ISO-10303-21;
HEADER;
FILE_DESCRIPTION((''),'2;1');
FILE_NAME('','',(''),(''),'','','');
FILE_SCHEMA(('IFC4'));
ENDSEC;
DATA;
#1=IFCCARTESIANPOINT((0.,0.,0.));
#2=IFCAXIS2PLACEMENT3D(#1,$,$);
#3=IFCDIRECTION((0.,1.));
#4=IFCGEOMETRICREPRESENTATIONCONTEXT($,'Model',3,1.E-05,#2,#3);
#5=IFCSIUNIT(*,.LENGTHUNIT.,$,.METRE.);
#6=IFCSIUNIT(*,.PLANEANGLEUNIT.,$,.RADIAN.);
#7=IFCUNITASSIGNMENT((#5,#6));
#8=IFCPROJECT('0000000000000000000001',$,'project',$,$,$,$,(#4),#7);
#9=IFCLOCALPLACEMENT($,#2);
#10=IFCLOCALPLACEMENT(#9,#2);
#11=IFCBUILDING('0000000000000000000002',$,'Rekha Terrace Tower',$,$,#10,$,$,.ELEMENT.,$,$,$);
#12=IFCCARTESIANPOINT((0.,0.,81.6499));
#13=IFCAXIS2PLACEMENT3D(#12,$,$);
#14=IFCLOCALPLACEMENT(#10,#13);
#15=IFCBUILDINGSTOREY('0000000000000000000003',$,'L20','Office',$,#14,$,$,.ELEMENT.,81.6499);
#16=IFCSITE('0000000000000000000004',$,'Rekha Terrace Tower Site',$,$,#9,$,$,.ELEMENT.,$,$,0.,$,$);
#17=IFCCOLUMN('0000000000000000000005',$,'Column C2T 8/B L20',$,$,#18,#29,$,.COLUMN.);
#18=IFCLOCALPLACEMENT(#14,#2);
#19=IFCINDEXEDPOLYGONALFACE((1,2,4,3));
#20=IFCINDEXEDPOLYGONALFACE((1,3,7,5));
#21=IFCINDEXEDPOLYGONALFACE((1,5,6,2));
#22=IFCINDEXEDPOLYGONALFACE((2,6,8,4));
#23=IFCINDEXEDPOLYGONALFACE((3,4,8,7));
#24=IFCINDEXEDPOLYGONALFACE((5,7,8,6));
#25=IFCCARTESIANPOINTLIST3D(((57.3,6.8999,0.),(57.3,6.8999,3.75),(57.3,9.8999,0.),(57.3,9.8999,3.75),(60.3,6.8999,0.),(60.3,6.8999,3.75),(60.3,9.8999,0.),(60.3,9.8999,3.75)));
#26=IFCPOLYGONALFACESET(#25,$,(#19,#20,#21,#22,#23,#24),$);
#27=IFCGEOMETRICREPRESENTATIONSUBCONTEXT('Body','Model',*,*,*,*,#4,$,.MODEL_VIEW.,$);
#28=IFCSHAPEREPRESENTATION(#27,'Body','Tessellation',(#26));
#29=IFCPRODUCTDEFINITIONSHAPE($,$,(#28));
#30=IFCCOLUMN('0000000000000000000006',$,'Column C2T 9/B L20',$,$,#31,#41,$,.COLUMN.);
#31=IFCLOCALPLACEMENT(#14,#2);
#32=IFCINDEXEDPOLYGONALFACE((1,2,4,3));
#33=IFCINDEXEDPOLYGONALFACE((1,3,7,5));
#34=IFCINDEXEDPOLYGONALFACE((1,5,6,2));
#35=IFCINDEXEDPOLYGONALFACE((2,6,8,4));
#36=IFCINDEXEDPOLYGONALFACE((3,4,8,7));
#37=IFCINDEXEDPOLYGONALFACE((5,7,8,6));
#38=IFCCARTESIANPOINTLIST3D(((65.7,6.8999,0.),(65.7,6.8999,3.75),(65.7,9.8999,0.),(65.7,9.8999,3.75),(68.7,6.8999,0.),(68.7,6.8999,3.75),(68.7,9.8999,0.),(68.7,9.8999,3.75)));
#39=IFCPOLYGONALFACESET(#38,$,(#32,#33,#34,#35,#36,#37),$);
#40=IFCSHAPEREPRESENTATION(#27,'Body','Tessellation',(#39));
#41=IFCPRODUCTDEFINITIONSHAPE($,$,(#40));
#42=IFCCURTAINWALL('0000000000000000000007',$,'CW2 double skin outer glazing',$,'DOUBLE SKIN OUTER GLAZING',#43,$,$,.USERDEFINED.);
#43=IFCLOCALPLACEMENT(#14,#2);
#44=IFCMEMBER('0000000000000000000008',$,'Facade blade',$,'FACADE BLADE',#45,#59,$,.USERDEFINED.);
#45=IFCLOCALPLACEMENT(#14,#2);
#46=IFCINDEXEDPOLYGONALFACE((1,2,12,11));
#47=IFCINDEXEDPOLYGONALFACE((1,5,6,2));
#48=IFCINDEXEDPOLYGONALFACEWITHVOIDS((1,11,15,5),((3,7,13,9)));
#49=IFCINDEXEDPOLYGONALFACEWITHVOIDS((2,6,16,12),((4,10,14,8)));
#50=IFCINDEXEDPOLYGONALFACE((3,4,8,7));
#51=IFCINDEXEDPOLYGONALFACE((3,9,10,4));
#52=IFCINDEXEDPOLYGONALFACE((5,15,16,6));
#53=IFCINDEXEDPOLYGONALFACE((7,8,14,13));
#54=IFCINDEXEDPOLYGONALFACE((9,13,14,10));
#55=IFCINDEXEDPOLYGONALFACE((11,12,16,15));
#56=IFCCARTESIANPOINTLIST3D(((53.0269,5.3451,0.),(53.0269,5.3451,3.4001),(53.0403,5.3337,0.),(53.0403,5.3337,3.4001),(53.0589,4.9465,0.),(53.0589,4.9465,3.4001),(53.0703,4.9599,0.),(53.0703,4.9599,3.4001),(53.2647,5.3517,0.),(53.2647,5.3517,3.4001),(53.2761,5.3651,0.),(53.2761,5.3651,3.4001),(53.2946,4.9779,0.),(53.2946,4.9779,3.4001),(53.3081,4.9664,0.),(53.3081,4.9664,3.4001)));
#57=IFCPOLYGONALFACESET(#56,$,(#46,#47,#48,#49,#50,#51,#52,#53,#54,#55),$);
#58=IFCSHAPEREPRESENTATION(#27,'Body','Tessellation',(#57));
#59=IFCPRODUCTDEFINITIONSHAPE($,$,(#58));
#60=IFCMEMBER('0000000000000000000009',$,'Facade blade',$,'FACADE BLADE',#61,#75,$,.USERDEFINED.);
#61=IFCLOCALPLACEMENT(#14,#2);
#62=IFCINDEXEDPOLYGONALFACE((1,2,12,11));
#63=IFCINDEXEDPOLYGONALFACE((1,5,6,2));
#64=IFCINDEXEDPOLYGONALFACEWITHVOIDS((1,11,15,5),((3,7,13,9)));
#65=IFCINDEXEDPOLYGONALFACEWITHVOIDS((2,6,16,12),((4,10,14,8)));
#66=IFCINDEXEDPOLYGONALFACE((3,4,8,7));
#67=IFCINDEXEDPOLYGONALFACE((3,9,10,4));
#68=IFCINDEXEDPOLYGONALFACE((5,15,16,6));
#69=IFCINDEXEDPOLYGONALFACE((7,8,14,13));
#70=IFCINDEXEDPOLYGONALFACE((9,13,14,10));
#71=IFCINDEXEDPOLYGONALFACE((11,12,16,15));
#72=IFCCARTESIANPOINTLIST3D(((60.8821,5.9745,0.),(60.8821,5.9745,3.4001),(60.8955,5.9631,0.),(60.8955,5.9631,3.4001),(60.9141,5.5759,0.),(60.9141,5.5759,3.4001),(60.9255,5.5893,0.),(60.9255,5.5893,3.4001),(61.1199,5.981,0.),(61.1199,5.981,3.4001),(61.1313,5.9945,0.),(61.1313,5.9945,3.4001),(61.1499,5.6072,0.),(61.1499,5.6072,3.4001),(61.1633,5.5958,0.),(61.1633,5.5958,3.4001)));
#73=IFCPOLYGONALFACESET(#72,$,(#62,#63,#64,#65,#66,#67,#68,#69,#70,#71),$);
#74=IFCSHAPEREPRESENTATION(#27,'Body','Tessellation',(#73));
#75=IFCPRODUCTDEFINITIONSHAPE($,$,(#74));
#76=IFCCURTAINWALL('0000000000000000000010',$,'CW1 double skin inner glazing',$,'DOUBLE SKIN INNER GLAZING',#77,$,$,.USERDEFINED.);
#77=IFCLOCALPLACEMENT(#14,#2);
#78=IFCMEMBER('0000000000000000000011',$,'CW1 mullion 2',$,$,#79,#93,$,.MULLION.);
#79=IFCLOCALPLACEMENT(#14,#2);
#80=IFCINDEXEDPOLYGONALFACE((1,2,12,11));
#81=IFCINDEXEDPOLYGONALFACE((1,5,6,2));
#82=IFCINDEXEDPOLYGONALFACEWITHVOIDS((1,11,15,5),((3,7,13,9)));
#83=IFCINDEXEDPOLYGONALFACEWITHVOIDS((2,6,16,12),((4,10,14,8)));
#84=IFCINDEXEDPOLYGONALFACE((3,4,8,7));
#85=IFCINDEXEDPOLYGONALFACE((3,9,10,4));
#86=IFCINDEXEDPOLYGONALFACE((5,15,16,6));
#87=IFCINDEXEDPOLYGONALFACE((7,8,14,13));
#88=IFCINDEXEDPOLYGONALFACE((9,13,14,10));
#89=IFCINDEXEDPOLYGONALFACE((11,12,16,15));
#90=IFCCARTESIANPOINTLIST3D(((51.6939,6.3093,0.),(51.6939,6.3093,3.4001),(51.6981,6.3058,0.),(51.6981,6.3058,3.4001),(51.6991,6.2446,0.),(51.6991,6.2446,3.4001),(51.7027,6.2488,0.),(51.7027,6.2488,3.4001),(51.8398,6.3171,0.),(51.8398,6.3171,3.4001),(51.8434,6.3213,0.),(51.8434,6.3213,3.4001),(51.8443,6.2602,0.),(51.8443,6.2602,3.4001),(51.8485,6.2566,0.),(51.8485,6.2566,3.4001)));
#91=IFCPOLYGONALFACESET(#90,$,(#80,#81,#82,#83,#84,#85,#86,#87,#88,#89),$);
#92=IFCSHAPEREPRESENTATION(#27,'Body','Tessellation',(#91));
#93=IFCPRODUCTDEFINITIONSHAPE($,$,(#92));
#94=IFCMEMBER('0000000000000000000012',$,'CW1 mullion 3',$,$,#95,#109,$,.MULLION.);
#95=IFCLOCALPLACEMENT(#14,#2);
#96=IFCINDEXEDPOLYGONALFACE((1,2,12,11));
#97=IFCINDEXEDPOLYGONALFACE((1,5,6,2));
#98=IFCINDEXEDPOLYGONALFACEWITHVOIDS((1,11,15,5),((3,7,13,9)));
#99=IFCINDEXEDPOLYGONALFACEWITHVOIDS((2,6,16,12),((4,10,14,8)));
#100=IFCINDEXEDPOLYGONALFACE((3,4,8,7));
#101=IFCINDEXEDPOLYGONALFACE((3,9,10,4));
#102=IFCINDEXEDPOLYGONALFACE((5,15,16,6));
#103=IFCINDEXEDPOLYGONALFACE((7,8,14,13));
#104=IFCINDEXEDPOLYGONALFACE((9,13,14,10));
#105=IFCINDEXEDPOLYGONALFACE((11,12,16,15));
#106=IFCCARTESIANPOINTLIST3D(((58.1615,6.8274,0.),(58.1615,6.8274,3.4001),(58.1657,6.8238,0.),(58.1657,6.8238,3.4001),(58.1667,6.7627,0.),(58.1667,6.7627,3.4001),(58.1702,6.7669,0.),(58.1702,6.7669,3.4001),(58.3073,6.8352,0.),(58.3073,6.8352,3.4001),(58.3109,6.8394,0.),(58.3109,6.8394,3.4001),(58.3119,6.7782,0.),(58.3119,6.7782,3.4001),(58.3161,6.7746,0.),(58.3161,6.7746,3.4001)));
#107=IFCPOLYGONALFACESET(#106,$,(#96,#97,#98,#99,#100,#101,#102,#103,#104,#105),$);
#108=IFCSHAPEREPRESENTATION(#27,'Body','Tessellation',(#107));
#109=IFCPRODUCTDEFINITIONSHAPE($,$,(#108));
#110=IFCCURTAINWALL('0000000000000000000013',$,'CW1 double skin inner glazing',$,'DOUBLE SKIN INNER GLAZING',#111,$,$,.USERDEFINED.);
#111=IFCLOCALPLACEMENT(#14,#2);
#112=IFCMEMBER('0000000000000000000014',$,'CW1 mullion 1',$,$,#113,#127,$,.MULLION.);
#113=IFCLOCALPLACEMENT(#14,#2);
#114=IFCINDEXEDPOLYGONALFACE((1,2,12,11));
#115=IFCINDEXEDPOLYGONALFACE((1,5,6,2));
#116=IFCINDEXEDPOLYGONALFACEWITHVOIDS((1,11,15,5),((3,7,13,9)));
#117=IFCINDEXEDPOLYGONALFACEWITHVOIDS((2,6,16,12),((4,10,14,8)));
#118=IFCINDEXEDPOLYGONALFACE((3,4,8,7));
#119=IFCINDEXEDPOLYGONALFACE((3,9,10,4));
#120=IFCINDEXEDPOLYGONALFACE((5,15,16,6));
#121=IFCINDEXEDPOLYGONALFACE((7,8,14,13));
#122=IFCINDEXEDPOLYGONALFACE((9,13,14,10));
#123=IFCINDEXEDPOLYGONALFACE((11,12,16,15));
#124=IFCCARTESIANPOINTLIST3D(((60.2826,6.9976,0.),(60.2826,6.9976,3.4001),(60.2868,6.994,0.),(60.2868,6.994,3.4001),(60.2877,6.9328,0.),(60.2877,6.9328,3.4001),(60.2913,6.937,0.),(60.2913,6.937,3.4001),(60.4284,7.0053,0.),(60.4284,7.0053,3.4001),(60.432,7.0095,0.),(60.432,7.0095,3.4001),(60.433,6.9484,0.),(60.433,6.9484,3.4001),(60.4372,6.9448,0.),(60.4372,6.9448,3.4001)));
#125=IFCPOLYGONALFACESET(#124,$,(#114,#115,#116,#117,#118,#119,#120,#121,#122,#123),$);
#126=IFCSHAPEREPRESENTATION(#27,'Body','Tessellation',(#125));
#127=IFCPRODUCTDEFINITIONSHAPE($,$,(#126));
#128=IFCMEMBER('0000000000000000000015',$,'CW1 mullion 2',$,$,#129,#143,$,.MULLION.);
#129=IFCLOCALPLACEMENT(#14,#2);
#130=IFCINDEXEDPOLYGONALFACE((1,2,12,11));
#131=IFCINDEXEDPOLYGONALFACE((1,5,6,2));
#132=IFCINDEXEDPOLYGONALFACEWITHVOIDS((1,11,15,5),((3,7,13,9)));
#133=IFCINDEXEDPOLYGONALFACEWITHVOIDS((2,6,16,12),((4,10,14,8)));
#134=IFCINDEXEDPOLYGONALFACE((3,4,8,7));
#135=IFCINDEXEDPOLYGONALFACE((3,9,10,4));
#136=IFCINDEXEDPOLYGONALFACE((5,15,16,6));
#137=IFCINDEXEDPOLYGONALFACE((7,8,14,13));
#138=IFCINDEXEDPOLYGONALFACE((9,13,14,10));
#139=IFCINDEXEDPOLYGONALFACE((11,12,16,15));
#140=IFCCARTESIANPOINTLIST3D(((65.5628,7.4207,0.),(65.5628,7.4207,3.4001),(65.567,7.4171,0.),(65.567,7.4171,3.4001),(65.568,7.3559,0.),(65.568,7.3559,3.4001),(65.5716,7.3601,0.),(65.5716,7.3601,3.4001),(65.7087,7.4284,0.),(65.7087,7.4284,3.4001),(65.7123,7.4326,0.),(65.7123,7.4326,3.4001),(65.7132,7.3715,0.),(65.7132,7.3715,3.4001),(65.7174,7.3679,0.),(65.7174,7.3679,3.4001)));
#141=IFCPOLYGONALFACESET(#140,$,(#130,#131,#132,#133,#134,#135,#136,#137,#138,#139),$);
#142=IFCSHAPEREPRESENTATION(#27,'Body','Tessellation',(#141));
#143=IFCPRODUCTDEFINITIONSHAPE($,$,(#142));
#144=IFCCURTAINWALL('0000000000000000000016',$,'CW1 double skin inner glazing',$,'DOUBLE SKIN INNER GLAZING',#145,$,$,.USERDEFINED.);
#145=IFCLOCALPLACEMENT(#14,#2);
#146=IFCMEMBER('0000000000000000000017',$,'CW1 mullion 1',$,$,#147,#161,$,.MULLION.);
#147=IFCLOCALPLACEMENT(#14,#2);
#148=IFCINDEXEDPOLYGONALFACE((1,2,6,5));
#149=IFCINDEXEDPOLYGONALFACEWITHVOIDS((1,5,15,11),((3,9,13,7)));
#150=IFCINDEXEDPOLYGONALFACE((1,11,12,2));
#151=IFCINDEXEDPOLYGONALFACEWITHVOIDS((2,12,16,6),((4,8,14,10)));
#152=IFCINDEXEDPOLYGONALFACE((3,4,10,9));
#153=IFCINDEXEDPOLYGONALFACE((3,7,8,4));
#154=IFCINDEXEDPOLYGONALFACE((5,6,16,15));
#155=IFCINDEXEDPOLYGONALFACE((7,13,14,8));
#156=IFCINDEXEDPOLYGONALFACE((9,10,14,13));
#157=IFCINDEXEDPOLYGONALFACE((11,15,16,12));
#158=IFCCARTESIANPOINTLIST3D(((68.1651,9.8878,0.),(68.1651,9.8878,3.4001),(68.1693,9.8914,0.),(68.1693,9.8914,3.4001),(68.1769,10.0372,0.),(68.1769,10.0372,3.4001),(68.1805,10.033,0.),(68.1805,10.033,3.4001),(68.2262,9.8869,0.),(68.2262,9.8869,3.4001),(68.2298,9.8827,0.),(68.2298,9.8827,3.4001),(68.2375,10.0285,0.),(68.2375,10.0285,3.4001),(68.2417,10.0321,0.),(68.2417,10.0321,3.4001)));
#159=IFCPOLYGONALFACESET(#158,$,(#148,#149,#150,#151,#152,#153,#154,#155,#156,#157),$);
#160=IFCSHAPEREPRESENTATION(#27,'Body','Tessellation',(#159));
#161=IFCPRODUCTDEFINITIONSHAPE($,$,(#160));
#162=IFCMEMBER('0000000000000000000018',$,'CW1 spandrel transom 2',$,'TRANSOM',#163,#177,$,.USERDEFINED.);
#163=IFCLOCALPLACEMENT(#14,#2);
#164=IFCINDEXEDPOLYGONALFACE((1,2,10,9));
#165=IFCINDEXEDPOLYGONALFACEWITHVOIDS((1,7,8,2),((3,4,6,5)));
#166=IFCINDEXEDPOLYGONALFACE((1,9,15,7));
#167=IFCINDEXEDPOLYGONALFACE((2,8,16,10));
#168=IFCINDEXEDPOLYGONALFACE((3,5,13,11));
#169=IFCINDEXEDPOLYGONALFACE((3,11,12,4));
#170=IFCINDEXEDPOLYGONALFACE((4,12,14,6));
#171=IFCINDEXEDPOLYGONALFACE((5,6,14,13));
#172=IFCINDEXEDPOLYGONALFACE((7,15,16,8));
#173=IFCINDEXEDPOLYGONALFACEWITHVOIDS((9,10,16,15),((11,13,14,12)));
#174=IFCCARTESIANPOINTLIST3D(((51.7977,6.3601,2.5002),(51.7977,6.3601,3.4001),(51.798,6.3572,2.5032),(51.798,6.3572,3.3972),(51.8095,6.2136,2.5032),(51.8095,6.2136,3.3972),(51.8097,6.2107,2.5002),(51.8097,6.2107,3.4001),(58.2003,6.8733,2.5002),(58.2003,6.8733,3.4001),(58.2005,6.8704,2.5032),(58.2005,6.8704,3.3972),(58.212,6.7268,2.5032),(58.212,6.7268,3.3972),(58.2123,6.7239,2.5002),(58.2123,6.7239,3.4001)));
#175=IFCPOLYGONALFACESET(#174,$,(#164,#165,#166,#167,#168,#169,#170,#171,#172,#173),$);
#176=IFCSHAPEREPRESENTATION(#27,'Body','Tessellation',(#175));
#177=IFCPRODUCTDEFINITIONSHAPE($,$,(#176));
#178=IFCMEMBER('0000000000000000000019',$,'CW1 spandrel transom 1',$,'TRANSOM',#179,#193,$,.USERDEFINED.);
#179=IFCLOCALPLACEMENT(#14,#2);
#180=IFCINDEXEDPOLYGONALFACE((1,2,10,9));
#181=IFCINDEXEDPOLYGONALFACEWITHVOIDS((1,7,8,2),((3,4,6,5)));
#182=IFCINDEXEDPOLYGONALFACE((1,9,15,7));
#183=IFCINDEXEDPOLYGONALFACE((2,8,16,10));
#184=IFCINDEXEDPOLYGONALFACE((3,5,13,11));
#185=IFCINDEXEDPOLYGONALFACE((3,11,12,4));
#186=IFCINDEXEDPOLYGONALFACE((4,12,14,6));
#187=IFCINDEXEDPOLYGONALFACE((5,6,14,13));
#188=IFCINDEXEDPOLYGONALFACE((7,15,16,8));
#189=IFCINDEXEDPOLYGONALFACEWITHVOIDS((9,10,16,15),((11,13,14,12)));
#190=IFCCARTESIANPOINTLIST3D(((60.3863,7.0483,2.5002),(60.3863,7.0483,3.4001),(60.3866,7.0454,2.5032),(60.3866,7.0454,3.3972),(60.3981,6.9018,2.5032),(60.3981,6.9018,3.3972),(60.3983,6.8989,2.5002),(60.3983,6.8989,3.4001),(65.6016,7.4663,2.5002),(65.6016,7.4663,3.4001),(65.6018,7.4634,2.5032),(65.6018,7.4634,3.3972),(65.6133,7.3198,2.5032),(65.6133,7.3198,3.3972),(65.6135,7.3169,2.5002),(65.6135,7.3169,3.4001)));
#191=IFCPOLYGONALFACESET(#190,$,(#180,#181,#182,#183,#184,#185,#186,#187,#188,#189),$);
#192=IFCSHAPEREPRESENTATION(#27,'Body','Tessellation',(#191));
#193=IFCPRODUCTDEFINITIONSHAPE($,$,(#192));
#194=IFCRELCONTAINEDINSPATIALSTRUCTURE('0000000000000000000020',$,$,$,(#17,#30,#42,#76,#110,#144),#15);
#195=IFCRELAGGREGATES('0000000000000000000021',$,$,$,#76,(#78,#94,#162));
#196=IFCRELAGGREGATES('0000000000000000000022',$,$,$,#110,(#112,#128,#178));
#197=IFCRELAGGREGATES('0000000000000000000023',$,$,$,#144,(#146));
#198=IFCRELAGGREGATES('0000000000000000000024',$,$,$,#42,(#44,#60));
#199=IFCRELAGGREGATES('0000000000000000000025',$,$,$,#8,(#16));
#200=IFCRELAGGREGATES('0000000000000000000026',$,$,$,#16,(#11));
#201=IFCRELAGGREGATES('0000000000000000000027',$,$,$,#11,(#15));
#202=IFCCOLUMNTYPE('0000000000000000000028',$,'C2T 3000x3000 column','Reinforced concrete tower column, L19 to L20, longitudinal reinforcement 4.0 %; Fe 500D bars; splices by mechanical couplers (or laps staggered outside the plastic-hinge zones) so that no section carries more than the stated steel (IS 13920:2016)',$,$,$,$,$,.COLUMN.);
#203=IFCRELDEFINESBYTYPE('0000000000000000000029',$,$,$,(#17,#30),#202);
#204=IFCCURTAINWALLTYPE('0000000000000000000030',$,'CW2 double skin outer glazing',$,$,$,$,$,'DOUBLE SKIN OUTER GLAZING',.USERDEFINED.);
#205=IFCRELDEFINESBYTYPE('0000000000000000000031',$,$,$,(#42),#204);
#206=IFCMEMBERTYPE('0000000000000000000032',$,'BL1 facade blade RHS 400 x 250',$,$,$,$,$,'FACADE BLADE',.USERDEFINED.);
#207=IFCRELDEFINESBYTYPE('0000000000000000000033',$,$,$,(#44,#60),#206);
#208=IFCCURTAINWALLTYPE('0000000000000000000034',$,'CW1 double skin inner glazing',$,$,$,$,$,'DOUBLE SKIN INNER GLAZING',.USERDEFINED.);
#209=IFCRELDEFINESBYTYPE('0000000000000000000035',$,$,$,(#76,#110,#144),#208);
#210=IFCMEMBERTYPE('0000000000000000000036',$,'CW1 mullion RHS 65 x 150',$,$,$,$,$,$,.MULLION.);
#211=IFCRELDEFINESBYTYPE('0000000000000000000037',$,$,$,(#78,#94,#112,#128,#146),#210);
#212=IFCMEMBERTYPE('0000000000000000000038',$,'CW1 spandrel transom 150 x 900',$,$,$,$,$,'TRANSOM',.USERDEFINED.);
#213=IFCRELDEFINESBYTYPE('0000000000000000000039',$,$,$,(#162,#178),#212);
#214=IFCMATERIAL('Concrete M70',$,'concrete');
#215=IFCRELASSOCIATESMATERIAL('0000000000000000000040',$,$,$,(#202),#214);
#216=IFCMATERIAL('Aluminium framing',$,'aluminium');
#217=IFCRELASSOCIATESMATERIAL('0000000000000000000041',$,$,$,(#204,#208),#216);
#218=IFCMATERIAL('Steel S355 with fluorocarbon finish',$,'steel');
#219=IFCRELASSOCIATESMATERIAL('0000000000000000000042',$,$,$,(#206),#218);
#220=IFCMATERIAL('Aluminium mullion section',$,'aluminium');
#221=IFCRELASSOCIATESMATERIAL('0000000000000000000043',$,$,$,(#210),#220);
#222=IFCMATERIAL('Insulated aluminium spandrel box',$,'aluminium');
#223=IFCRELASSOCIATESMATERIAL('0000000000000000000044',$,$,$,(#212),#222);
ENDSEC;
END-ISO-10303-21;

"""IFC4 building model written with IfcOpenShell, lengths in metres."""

from ifc_helpers import new_model, si_unit, direction, frame, origin, origin_2d, place, context, subcontext, project, spatial, rectangle, hollow_rectangle, extrude, material, material_profile, profile_set, type_object, element, aggregate, save


model = new_model("IFC4")

# Units and contexts
model_context = context("Model", 3, precision=1e-05, world=origin(), true_north=direction((0.0, 1.0)))
body_context = subcontext(model_context, "Body", "Model", "MODEL_VIEW")
ifc_project = project(units=[si_unit("LENGTHUNIT", "METRE"), si_unit("PLANEANGLEUNIT", "RADIAN")], contexts=[model_context])

# Site, building, storey
site_placement = place(None, origin())
site = spatial("IfcSite", under=ifc_project, at=site_placement, Name="Rekha Terrace Tower Site", CompositionType="ELEMENT", RefElevation=0.0)
building_placement = place(site_placement, origin())
building = spatial("IfcBuilding", under=site, at=building_placement, Name="Rekha Terrace Tower", CompositionType="ELEMENT")
storey_placement = place(building_placement, frame((0.0, 0.0, 81.6499)))
storey = spatial("IfcBuildingStorey", under=building, at=storey_placement, Name="L20", Description="Office", CompositionType="ELEMENT", Elevation=81.6499)

# Columns
ifc_material_1 = material(Name="Concrete M70", Category="concrete")
ifc_material_profile_1 = material_profile(ifc_material_1, rectangle(XDim=3.0, YDim=3.0, at=origin_2d()), Name="RC 3000x3000")
ifc_profile_set_1 = profile_set([ifc_material_profile_1], Name="Concrete M70")
column_type = type_object("IfcColumnType", Name="C2T 3000x3000 column", Description="Reinforced concrete tower column, L19 to L20, longitudinal reinforcement 4.0 %; Fe 500D bars; splices by mechanical couplers (or laps staggered outside the plastic-hinge zones) so that no section carries more than the stated steel (IS 13920:2016)", PredefinedType="COLUMN", material=ifc_profile_set_1)
for number, where, z_axis, x_axis, name in (
    (1, (58.8, 8.3999, 0.0), (0.0, 0.0, 1.0), (1.0, 0.0, 0.0), "Column C2T 8/B L20"),
    (2, (67.2, 8.3999, 0.0), (0.0, 0.0, 1.0), (1.0, 0.0, 0.0), "Column C2T 9/B L20"),
):
    element("IfcColumn", number, at=place(storey_placement, frame(where, z_axis=z_axis, x_axis=x_axis)), inside=storey, type_object=column_type, Name=name, PredefinedType="COLUMN", context=body_context, shape_type="SweptSolid", body=[
        extrude(rectangle(XDim=3.0, YDim=3.0, at=origin_2d()), origin(), (0.0, 0.0, 1.0), 3.75),
    ])

# Curtain walls, members
ifc_material_2 = material(Name="Aluminium framing", Category="aluminium")
curtain_wall_type_1 = type_object("IfcCurtainWallType", Name="CW2 double skin outer glazing", ElementType="DOUBLE SKIN OUTER GLAZING", PredefinedType="USERDEFINED", material=ifc_material_2)
curtain_wall_1_placement = place(storey_placement, origin())
curtain_wall_1 = element("IfcCurtainWall", 3, at=curtain_wall_1_placement, inside=storey, type_object=curtain_wall_type_1, Name="CW2 double skin outer glazing", ObjectType="DOUBLE SKIN OUTER GLAZING", PredefinedType="USERDEFINED")
ifc_material_3 = material(Name="Steel S355 with fluorocarbon finish", Category="steel")
ifc_material_profile_2 = material_profile(ifc_material_3, hollow_rectangle(XDim=0.25, YDim=0.3999, WallThickness=0.0125, at=origin_2d()), Name="RHS400x250x12.5")
ifc_profile_set_2 = profile_set([ifc_material_profile_2], Name="Steel S355 with fluorocarbon finish")
member_type_1 = type_object("IfcMemberType", Name="BL1 facade blade RHS 400 x 250", ElementType="FACADE BLADE", PredefinedType="USERDEFINED", material=ifc_profile_set_2)
member_1_placement = place(storey_placement, frame((53.1675, 5.1558, 0.0), z_axis=(0.0, 0.0, 1.0), x_axis=(0.996805, 0.079872, 0.0)))
member_1 = element("IfcMember", 4, at=member_1_placement, type_object=member_type_1, Name="Facade blade", ObjectType="FACADE BLADE", PredefinedType="USERDEFINED", context=body_context, shape_type="SweptSolid", body=[
    extrude(hollow_rectangle(XDim=0.25, YDim=0.3999, WallThickness=0.0125, at=origin_2d()), origin(), (0.0, 0.0, 1.0), 3.4001),
])
member_2_placement = place(storey_placement, frame((61.0227, 5.7852, 0.0), z_axis=(0.0, 0.0, 1.0), x_axis=(0.996805, 0.079872, 0.0)))
member_2 = element("IfcMember", 5, at=member_2_placement, type_object=member_type_1, Name="Facade blade", ObjectType="FACADE BLADE", PredefinedType="USERDEFINED", context=body_context, shape_type="SweptSolid", body=[
    extrude(hollow_rectangle(XDim=0.25, YDim=0.3999, WallThickness=0.0125, at=origin_2d()), origin(), (0.0, 0.0, 1.0), 3.4001),
])
curtain_wall_type_2 = type_object("IfcCurtainWallType", Name="CW1 double skin inner glazing", ElementType="DOUBLE SKIN INNER GLAZING", PredefinedType="USERDEFINED", material=ifc_material_2)
curtain_wall_2_placement = place(storey_placement, origin())
curtain_wall_2 = element("IfcCurtainWall", 6, at=curtain_wall_2_placement, inside=storey, type_object=curtain_wall_type_2, Name="CW1 double skin inner glazing", ObjectType="DOUBLE SKIN INNER GLAZING", PredefinedType="USERDEFINED")
ifc_material_4 = material(Name="Aluminium mullion section", Category="aluminium")
ifc_material_profile_3 = material_profile(ifc_material_4, hollow_rectangle(XDim=0.0649, YDim=0.1499, WallThickness=0.0039, at=origin_2d()), Name="AL RHS 65x150")
ifc_profile_set_3 = profile_set([ifc_material_profile_3], Name="Aluminium mullion section")
member_type_2 = type_object("IfcMemberType", Name="CW1 mullion RHS 65 x 150", PredefinedType="MULLION", material=ifc_profile_set_3)
member_3_placement = place(storey_placement, frame((51.7712, 6.283, 0.0), z_axis=(0.0, 0.0, 1.0), x_axis=(-0.079872, 0.996805, 0.0)))
member_3 = element("IfcMember", 7, at=member_3_placement, type_object=member_type_2, Name="CW1 mullion 2", PredefinedType="MULLION", context=body_context, shape_type="SweptSolid", body=[
    extrude(hollow_rectangle(XDim=0.0649, YDim=0.1499, WallThickness=0.0039, at=origin_2d()), origin(), (0.0, 0.0, 1.0), 3.4001),
])
member_4_placement = place(storey_placement, frame((58.2388, 6.801, 0.0), z_axis=(0.0, 0.0, 1.0), x_axis=(-0.079872, 0.996805, 0.0)))
member_4 = element("IfcMember", 8, at=member_4_placement, type_object=member_type_2, Name="CW1 mullion 3", PredefinedType="MULLION", context=body_context, shape_type="SweptSolid", body=[
    extrude(hollow_rectangle(XDim=0.0649, YDim=0.1499, WallThickness=0.0039, at=origin_2d()), origin(), (0.0, 0.0, 1.0), 3.4001),
])
curtain_wall_3_placement = place(storey_placement, origin())
curtain_wall_3 = element("IfcCurtainWall", 9, at=curtain_wall_3_placement, inside=storey, type_object=curtain_wall_type_2, Name="CW1 double skin inner glazing", ObjectType="DOUBLE SKIN INNER GLAZING", PredefinedType="USERDEFINED")
member_5_placement = place(storey_placement, frame((60.3599, 6.9712, 0.0), z_axis=(0.0, 0.0, 1.0), x_axis=(-0.079872, 0.996805, 0.0)))
member_5 = element("IfcMember", 10, at=member_5_placement, type_object=member_type_2, Name="CW1 mullion 1", PredefinedType="MULLION", context=body_context, shape_type="SweptSolid", body=[
    extrude(hollow_rectangle(XDim=0.0649, YDim=0.1499, WallThickness=0.0039, at=origin_2d()), origin(), (0.0, 0.0, 1.0), 3.4001),
])
member_6_placement = place(storey_placement, frame((65.6401, 7.3943, 0.0), z_axis=(0.0, 0.0, 1.0), x_axis=(-0.079872, 0.996805, 0.0)))
member_6 = element("IfcMember", 11, at=member_6_placement, type_object=member_type_2, Name="CW1 mullion 2", PredefinedType="MULLION", context=body_context, shape_type="SweptSolid", body=[
    extrude(hollow_rectangle(XDim=0.0649, YDim=0.1499, WallThickness=0.0039, at=origin_2d()), origin(), (0.0, 0.0, 1.0), 3.4001),
])

# Curtain wall, member
curtain_wall_4_placement = place(storey_placement, origin())
curtain_wall_4 = element("IfcCurtainWall", 12, at=curtain_wall_4_placement, inside=storey, type_object=curtain_wall_type_2, Name="CW1 double skin inner glazing", ObjectType="DOUBLE SKIN INNER GLAZING", PredefinedType="USERDEFINED")
member_7_placement = place(storey_placement, frame((68.2034, 9.96, 0.0), z_axis=(0.0, 0.0, 1.0), x_axis=(-0.996865, 0.079116, 0.0)))
member_7 = element("IfcMember", 13, at=member_7_placement, type_object=member_type_2, Name="CW1 mullion 1", PredefinedType="MULLION", context=body_context, shape_type="SweptSolid", body=[
    extrude(hollow_rectangle(XDim=0.0649, YDim=0.1499, WallThickness=0.0039, at=origin_2d()), origin(), (0.0, 0.0, 1.0), 3.4001),
])

# Members
ifc_material_5 = material(Name="Insulated aluminium spandrel box", Category="aluminium")
ifc_material_profile_4 = material_profile(ifc_material_5, hollow_rectangle(XDim=0.1499, YDim=0.8999, WallThickness=0.0029, at=origin_2d()), Name="AL SPANDREL BOX 150x900")
ifc_profile_set_4 = profile_set([ifc_material_profile_4], Name="Insulated aluminium spandrel box")
member_type_3 = type_object("IfcMemberType", Name="CW1 spandrel transom 150 x 900", ElementType="TRANSOM", PredefinedType="USERDEFINED", material=ifc_profile_set_4)
member_8_placement = place(storey_placement, frame((51.8037, 6.2854, 2.9502), z_axis=(0.996803, 0.079896, 0.0), x_axis=(-0.079896, 0.996803, 0.0)))
member_8 = element("IfcMember", 14, at=member_8_placement, type_object=member_type_3, Name="CW1 spandrel transom 2", ObjectType="TRANSOM", PredefinedType="USERDEFINED", context=body_context, shape_type="SweptSolid", body=[
    extrude(hollow_rectangle(XDim=0.1499, YDim=0.8999, WallThickness=0.0029, at=origin_2d()), origin(), (0.0, 0.0, 1.0), 6.4231),
])
member_9_placement = place(storey_placement, frame((60.3923, 6.9736, 2.9502), z_axis=(0.996804, 0.079886, 0.0), x_axis=(-0.079886, 0.996804, 0.0)))
member_9 = element("IfcMember", 15, at=member_9_placement, type_object=member_type_3, Name="CW1 spandrel transom 1", ObjectType="TRANSOM", PredefinedType="USERDEFINED", context=body_context, shape_type="SweptSolid", body=[
    extrude(hollow_rectangle(XDim=0.1499, YDim=0.8999, WallThickness=0.0029, at=origin_2d()), origin(), (0.0, 0.0, 1.0), 5.2319),
])

aggregate(curtain_wall_2, [member_3, member_4, member_8])
aggregate(curtain_wall_3, [member_5, member_6, member_9])
aggregate(curtain_wall_4, [member_7])
aggregate(curtain_wall_1, [member_1, member_2])

save(model, "model.ifc")
